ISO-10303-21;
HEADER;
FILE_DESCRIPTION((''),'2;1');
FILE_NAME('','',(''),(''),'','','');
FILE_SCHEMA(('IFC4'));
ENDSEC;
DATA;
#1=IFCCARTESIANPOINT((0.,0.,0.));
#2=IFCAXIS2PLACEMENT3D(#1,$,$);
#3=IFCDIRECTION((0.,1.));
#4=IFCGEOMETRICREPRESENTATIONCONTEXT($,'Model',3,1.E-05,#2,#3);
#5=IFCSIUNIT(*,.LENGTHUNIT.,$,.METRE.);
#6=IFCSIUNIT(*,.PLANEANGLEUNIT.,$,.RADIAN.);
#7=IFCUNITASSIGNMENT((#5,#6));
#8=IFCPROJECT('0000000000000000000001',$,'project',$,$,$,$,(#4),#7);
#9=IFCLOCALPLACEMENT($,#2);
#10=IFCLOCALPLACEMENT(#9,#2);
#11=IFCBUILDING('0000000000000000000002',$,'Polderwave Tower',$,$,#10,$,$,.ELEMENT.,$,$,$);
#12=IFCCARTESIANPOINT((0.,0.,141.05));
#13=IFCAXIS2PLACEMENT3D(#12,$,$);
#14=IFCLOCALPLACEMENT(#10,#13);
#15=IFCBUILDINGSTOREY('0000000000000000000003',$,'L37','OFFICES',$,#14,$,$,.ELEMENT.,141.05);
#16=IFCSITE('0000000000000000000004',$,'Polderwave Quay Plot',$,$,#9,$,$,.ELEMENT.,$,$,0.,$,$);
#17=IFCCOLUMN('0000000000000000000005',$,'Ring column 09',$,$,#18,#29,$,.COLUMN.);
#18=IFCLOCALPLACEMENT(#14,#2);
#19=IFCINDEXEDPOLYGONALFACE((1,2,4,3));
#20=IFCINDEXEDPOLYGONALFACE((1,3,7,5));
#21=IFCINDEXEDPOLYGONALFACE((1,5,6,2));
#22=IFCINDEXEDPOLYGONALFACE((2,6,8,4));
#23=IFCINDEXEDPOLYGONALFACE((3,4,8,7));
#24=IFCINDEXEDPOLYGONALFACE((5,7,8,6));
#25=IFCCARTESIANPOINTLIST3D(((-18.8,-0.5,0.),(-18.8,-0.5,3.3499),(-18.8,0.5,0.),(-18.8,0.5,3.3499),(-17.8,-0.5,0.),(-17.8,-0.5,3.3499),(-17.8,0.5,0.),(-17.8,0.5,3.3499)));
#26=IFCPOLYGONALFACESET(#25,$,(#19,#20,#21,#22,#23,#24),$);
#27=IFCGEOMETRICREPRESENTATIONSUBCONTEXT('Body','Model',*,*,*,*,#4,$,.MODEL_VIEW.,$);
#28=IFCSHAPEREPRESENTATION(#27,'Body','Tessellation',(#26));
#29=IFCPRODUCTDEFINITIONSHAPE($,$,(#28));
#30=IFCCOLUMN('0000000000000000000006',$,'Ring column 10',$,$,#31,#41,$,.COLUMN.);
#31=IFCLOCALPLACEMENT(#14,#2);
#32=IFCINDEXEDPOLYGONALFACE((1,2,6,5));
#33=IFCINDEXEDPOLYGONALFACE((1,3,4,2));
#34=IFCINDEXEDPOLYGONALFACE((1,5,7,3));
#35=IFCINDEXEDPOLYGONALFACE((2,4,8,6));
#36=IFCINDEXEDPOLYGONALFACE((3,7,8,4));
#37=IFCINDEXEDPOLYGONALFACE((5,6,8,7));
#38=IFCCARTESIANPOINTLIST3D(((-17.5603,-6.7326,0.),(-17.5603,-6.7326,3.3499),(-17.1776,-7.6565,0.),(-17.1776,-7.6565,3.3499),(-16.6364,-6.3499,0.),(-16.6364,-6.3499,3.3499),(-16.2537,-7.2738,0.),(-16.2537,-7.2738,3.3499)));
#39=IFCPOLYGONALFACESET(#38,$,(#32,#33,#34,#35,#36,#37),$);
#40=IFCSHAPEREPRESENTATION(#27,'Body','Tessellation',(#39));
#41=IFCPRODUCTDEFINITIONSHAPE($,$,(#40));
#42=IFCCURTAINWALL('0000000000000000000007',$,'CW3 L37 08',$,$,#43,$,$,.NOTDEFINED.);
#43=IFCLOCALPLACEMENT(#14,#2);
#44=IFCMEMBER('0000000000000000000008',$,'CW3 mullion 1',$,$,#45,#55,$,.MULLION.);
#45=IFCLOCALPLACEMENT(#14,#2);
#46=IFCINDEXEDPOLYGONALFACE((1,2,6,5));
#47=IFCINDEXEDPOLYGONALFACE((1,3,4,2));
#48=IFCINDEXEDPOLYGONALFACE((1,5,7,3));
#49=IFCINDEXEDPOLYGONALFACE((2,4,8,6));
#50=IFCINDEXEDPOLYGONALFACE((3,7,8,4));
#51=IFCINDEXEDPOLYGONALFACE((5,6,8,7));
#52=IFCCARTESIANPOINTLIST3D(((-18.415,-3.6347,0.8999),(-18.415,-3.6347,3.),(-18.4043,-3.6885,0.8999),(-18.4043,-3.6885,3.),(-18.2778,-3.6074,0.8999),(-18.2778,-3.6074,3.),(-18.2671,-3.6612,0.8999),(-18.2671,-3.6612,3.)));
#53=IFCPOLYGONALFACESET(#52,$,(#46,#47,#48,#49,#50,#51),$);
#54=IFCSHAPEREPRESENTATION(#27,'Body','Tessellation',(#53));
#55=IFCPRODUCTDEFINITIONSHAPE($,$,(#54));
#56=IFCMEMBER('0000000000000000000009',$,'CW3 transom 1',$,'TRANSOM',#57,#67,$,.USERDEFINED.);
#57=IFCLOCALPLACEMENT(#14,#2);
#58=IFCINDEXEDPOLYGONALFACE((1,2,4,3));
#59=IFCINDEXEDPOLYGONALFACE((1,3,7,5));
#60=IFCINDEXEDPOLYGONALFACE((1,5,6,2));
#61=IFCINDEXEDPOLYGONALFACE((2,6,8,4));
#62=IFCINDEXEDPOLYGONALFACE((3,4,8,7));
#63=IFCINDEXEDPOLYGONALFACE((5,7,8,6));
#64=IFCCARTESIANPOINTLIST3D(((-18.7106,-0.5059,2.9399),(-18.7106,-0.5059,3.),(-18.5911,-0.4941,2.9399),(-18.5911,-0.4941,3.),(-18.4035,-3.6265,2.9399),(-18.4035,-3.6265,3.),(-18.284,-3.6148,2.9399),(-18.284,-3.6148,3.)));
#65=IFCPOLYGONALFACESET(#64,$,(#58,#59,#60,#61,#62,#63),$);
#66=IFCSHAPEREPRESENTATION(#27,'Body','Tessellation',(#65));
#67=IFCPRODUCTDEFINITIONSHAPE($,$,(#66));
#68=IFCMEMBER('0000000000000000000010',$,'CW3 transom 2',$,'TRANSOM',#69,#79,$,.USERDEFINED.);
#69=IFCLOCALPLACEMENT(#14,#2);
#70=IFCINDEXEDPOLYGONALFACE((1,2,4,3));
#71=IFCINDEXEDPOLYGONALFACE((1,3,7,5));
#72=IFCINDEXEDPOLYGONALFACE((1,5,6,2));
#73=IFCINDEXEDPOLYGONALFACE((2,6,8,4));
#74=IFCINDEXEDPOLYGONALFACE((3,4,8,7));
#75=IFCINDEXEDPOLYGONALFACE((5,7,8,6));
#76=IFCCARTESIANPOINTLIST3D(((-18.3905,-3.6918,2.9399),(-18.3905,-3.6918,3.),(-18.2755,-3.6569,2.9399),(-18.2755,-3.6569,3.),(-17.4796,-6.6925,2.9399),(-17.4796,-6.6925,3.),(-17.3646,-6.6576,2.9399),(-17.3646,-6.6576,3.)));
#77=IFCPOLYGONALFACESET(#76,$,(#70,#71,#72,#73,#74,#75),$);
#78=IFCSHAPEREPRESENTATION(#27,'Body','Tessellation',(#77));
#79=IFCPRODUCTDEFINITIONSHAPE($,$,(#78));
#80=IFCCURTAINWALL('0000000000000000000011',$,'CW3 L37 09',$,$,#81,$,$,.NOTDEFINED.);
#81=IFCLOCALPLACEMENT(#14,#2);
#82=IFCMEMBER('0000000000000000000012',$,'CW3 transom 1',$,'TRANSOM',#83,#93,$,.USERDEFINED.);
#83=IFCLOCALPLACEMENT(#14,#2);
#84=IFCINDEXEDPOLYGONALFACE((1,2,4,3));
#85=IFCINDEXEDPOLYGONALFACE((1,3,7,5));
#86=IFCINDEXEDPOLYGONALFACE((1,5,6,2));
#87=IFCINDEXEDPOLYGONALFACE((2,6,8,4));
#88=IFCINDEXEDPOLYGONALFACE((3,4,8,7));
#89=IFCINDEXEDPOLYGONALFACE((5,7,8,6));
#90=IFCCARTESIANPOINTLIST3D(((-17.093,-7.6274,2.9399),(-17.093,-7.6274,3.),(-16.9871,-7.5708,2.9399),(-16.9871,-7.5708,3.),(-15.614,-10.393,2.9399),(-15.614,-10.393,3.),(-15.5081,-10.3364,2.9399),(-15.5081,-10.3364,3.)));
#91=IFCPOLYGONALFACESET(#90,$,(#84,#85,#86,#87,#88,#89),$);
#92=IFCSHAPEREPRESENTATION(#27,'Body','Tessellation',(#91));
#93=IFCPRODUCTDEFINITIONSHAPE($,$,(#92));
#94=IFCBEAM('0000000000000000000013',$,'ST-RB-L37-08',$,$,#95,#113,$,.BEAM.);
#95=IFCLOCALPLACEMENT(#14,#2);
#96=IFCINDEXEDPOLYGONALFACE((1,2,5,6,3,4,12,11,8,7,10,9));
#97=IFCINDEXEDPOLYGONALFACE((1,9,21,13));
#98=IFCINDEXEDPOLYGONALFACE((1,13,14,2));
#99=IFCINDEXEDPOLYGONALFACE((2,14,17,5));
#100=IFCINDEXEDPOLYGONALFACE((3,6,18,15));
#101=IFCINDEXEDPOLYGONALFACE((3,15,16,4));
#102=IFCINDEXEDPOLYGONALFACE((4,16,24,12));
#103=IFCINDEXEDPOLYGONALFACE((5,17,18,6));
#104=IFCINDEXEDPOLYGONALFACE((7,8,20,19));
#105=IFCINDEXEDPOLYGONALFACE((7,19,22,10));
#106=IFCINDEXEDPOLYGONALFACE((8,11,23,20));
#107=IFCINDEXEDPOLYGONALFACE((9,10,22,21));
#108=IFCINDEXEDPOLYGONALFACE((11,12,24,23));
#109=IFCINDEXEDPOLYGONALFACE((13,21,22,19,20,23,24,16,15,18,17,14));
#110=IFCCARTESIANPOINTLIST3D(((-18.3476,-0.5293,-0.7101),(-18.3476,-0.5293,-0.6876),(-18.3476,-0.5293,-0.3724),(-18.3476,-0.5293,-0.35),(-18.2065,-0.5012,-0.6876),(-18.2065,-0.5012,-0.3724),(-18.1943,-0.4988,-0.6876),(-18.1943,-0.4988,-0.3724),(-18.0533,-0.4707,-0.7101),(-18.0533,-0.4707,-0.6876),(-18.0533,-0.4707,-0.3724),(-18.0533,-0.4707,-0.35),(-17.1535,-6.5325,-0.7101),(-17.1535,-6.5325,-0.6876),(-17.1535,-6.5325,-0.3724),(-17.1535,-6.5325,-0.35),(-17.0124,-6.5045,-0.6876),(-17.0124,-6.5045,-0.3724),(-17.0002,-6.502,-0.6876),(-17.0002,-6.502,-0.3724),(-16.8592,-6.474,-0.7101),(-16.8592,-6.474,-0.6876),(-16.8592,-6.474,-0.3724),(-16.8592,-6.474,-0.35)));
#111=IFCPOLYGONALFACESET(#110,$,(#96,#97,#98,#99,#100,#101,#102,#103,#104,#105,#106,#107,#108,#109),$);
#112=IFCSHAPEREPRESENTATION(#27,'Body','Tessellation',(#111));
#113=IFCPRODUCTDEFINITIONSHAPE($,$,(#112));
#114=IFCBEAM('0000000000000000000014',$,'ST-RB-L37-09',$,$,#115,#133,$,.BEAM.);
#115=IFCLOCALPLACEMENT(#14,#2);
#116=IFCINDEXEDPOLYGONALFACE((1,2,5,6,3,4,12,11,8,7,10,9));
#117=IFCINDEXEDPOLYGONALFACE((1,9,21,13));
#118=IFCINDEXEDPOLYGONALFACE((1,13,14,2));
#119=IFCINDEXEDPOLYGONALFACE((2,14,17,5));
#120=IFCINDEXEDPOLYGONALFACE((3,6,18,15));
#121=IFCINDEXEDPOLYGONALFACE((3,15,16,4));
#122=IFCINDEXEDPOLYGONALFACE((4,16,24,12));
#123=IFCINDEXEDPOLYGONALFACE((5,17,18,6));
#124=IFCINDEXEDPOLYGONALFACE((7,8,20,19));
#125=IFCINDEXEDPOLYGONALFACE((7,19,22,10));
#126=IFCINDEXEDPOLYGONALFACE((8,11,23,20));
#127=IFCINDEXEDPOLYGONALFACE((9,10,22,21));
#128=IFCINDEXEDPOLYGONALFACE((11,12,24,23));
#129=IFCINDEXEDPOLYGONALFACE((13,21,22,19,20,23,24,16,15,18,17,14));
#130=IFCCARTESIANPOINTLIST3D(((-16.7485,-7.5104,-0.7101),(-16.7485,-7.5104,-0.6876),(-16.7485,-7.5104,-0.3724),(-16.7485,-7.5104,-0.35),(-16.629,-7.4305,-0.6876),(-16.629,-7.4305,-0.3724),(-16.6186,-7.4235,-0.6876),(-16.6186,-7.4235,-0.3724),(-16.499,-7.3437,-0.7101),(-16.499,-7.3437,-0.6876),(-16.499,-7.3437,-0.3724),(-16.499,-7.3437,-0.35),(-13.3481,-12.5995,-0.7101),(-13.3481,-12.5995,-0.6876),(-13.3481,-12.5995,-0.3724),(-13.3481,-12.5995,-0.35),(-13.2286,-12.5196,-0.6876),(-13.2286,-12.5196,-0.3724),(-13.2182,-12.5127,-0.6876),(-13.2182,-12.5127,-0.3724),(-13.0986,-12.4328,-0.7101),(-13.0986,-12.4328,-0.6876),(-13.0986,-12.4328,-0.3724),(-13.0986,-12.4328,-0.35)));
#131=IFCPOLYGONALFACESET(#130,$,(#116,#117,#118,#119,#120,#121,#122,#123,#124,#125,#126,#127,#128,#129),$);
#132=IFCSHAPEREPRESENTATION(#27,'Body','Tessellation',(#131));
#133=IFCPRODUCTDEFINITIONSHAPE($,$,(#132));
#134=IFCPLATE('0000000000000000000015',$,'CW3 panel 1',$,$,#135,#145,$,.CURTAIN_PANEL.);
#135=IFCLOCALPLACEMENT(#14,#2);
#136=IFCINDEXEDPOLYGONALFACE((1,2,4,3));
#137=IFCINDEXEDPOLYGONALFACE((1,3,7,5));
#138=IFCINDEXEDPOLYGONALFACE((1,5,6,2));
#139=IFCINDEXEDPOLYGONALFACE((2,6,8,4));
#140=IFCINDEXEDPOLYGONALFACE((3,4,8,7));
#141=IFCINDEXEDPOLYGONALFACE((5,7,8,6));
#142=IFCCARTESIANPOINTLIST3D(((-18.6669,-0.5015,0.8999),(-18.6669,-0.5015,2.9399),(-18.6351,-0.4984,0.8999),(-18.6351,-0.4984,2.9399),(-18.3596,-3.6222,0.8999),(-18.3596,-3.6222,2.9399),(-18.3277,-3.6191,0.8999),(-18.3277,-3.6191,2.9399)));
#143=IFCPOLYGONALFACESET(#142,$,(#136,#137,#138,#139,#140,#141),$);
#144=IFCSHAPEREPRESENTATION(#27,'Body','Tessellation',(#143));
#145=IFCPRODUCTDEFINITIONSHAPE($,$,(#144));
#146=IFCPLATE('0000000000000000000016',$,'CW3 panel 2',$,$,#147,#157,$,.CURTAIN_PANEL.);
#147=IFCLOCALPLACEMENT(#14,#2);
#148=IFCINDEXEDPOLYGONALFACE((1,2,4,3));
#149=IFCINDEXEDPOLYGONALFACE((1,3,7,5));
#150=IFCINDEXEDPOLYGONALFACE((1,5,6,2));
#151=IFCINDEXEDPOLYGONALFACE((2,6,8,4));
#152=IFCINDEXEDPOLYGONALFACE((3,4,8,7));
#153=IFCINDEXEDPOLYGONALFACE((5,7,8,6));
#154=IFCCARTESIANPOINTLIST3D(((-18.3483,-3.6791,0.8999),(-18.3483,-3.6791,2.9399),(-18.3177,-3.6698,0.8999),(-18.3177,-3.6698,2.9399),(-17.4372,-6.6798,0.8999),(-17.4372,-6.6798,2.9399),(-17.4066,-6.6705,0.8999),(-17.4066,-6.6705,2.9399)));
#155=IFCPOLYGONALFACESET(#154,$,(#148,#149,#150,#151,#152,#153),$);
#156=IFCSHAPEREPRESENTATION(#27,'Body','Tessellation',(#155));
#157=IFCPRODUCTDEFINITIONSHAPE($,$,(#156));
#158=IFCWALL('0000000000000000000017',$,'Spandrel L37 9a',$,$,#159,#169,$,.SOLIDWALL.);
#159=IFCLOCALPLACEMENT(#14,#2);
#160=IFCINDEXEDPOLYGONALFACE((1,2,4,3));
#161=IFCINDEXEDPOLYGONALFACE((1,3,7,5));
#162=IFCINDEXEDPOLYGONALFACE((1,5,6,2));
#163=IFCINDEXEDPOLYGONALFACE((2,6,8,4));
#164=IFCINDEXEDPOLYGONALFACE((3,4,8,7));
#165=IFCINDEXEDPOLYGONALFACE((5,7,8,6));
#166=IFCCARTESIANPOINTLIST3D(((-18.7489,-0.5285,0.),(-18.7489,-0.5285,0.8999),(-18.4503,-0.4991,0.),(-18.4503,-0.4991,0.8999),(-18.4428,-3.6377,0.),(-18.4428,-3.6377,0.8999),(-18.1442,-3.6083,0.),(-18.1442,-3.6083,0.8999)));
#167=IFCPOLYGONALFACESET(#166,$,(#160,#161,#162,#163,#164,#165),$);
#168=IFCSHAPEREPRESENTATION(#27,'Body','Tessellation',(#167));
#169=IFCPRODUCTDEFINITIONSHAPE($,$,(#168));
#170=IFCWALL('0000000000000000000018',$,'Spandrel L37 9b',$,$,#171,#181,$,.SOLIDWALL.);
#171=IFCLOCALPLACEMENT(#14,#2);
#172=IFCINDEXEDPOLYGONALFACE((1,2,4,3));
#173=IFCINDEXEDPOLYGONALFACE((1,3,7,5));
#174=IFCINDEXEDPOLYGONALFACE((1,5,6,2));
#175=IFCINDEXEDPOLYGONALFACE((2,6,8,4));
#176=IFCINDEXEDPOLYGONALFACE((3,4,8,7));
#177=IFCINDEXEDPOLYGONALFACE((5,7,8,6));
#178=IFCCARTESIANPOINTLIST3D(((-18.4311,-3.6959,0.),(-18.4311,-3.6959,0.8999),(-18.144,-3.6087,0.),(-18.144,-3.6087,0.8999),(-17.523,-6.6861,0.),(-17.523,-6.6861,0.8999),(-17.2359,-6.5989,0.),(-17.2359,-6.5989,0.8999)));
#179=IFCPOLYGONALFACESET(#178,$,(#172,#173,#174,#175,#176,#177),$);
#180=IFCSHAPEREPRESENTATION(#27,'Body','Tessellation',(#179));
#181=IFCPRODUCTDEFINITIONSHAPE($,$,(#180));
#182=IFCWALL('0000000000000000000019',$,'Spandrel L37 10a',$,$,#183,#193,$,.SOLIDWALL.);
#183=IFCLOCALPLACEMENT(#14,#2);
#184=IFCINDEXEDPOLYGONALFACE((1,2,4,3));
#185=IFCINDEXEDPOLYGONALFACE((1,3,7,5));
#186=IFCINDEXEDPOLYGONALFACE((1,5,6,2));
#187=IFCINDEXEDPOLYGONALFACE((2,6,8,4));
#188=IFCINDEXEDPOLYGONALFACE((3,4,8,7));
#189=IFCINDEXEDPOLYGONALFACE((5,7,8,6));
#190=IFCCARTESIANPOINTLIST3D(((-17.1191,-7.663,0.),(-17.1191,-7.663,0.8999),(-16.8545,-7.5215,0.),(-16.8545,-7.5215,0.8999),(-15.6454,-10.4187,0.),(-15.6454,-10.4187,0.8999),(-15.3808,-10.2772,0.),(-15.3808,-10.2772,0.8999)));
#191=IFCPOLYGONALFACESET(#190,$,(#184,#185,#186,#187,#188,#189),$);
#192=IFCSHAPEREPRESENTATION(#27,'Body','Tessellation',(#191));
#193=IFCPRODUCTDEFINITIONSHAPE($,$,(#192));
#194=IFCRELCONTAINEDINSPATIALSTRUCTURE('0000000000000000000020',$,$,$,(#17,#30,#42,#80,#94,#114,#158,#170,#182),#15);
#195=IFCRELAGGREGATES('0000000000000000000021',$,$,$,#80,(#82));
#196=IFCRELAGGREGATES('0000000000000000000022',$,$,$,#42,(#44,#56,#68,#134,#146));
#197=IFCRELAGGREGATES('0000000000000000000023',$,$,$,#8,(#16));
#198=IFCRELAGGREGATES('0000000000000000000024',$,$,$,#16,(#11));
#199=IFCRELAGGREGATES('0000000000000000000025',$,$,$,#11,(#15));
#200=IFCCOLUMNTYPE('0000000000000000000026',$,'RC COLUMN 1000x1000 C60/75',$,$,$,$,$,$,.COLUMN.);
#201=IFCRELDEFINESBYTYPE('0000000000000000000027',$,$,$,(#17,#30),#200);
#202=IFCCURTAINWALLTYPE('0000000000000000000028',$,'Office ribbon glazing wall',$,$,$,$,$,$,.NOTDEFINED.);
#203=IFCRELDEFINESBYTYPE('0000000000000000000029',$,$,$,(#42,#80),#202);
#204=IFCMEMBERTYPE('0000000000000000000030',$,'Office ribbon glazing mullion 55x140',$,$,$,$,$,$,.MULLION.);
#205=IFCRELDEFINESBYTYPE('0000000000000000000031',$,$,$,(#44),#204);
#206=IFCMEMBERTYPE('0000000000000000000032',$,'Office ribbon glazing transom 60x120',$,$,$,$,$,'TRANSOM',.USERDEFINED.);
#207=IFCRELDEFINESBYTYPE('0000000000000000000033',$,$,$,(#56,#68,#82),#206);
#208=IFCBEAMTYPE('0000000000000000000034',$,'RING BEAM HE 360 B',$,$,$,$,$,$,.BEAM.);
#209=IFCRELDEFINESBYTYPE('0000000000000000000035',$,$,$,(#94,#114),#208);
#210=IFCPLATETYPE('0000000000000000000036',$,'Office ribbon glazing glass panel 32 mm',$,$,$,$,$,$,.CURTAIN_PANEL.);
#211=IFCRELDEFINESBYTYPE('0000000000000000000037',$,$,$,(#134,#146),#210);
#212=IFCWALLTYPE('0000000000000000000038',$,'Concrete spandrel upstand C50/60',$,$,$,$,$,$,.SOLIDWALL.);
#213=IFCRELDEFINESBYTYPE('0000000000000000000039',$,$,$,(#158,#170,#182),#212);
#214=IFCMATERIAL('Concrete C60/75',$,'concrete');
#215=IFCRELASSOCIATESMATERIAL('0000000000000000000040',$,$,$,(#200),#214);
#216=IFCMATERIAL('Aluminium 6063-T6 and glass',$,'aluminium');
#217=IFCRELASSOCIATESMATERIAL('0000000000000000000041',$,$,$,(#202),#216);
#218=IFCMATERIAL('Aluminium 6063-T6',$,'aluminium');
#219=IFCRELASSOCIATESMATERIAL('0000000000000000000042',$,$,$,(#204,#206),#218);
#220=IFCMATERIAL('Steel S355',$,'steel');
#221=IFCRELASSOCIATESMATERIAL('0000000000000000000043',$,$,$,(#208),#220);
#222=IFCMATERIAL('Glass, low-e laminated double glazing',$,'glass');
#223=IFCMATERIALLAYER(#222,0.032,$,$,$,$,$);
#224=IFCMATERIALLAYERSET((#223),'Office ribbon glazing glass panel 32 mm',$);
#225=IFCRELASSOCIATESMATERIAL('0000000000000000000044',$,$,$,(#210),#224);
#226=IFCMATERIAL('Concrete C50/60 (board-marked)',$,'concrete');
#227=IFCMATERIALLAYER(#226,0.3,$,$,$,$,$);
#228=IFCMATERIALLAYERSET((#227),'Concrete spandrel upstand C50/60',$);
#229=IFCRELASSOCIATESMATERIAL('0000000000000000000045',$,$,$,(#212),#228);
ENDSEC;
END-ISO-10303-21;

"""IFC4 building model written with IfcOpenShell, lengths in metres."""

from ifc_helpers import new_model, si_unit, direction, frame, frame_2d, origin, origin_2d, place, context, subcontext, project, spatial, rectangle, i_section, extrude, material, layer, layer_set, material_profile, profile_set, type_object, element, aggregate, save


model = new_model("IFC4")

# Units and contexts
model_context = context("Model", 3, precision=1e-05, world=origin(), true_north=direction((0.0, 1.0)))
body_context = subcontext(model_context, "Body", "Model", "MODEL_VIEW")
ifc_project = project(units=[si_unit("LENGTHUNIT", "METRE"), si_unit("PLANEANGLEUNIT", "RADIAN")], contexts=[model_context])

# Site, building, storey
site_placement = place(None, origin())
site = spatial("IfcSite", under=ifc_project, at=site_placement, Name="Polderwave Quay Plot", CompositionType="ELEMENT", RefElevation=0.0)
building_placement = place(site_placement, origin())
building = spatial("IfcBuilding", under=site, at=building_placement, Name="Polderwave Tower", CompositionType="ELEMENT")
storey_placement = place(building_placement, frame((0.0, 0.0, 141.05)))
storey = spatial("IfcBuildingStorey", under=building, at=storey_placement, Name="L37", Description="OFFICES", CompositionType="ELEMENT", Elevation=141.05)

# Columns
ifc_material_1 = material(Name="Concrete C60/75", Category="concrete")
ifc_material_profile_1 = material_profile(ifc_material_1, rectangle(XDim=1.0, YDim=1.0, at=origin_2d()), Name="RC 1000x1000")
ifc_profile_set_1 = profile_set([ifc_material_profile_1], Name="Concrete C60/75")
column_type = type_object("IfcColumnType", Name="RC COLUMN 1000x1000 C60/75", PredefinedType="COLUMN", material=ifc_profile_set_1)
for number, where, z_axis, x_axis, name in (
    (1, (-18.3, 0.0, 0.0), (0.0, 0.0, 1.0), (-1.0, 0.0, 0.0), "Ring column 09"),
    (2, (-16.907, -7.0032, 0.0), (0.0, 0.0, 1.0), (-0.92388, -0.382683, 0.0), "Ring column 10"),
):
    element("IfcColumn", number, at=place(storey_placement, frame(where, z_axis=z_axis, x_axis=x_axis)), inside=storey, type_object=column_type, Name=name, PredefinedType="COLUMN", context=body_context, shape_type="SweptSolid", body=[
        extrude(rectangle(XDim=1.0, YDim=1.0, at=origin_2d()), origin(), (0.0, 0.0, 1.0), 3.3499),
    ])

# Curtain wall, members
ifc_material_2 = material(Name="Aluminium 6063-T6 and glass", Category="aluminium")
curtain_wall_type = type_object("IfcCurtainWallType", Name="Office ribbon glazing wall", PredefinedType="NOTDEFINED", material=ifc_material_2)
curtain_wall_1_placement = place(storey_placement, origin())
curtain_wall_1 = element("IfcCurtainWall", 3, at=curtain_wall_1_placement, inside=storey, type_object=curtain_wall_type, Name="CW3 L37 08", PredefinedType="NOTDEFINED")
ifc_material_3 = material(Name="Aluminium 6063-T6", Category="aluminium")
ifc_material_profile_2 = material_profile(ifc_material_3, rectangle(XDim=0.1399, YDim=0.0549, at=origin_2d()), Name="AL 55x140")
ifc_profile_set_2 = profile_set([ifc_material_profile_2], Name="Aluminium 6063-T6")
member_type_1 = type_object("IfcMemberType", Name="Office ribbon glazing mullion 55x140", PredefinedType="MULLION", material=ifc_profile_set_2)
member_1_placement = place(storey_placement, frame((-18.3411, -3.6479, 0.8999), z_axis=(0.0, 0.0, 1.0), x_axis=(0.980764, 0.195196, 0.0)))
member_1 = element("IfcMember", 4, at=member_1_placement, type_object=member_type_1, Name="CW3 mullion 1", PredefinedType="MULLION", context=body_context, shape_type="SweptSolid", body=[
    extrude(rectangle(XDim=0.1399, YDim=0.0549, at=origin_2d()), origin(), (0.0, 0.0, 1.0), 2.1001),
])
ifc_material_profile_3 = material_profile(ifc_material_3, rectangle(XDim=0.1201, YDim=0.0601, at=origin_2d()), Name="AL 60x120")
ifc_profile_set_3 = profile_set([ifc_material_profile_3], Name="Aluminium 6063-T6")
member_type_2 = type_object("IfcMemberType", Name="Office ribbon glazing transom 60x120", ElementType="TRANSOM", PredefinedType="USERDEFINED", material=ifc_profile_set_3)
member_2_placement = place(storey_placement, frame((-18.6509, -0.5, 2.97), z_axis=(0.097946, -0.995192, 0.0), x_axis=(0.995192, 0.097946, 0.0)))
member_2 = element("IfcMember", 5, at=member_2_placement, type_object=member_type_2, Name="CW3 transom 1", ObjectType="TRANSOM", PredefinedType="USERDEFINED", context=body_context, shape_type="SweptSolid", body=[
    extrude(rectangle(XDim=0.1201, YDim=0.0601, at=origin_2d()), origin(), (0.0, 0.0, 1.0), 3.1357),
])
member_3_placement = place(storey_placement, frame((-18.333, -3.6743, 2.97), z_axis=(0.290468, -0.956885, 0.0), x_axis=(0.956885, 0.290468, 0.0)))
member_3 = element("IfcMember", 6, at=member_3_placement, type_object=member_type_2, Name="CW3 transom 2", ObjectType="TRANSOM", PredefinedType="USERDEFINED", context=body_context, shape_type="SweptSolid", body=[
    extrude(rectangle(XDim=0.1201, YDim=0.0601, at=origin_2d()), origin(), (0.0, 0.0, 1.0), 3.136),
])

# Curtain wall, member
curtain_wall_2_placement = place(storey_placement, origin())
curtain_wall_2 = element("IfcCurtainWall", 7, at=curtain_wall_2_placement, inside=storey, type_object=curtain_wall_type, Name="CW3 L37 09", PredefinedType="NOTDEFINED")
member_4_placement = place(storey_placement, frame((-17.04, -7.5991, 2.97), z_axis=(0.471582, -0.881822, 0.0), x_axis=(0.881822, 0.471582, 0.0)))
member_4 = element("IfcMember", 8, at=member_4_placement, type_object=member_type_2, Name="CW3 transom 1", ObjectType="TRANSOM", PredefinedType="USERDEFINED", context=body_context, shape_type="SweptSolid", body=[
    extrude(rectangle(XDim=0.1201, YDim=0.0601, at=origin_2d()), origin(), (0.0, 0.0, 1.0), 3.1362),
])
aggregate(curtain_wall_2, [member_4])

# Beams
ifc_material_4 = material(Name="Steel S355", Category="steel")
ifc_material_profile_4 = material_profile(ifc_material_4, i_section(OverallWidth=0.3, OverallDepth=0.3601, WebThickness=0.0125, FlangeThickness=0.0225, at=origin_2d()), Name="HE 360 B")
ifc_profile_set_4 = profile_set([ifc_material_profile_4], Name="Steel S355")
beam_type = type_object("IfcBeamType", Name="RING BEAM HE 360 B", PredefinedType="BEAM", material=ifc_profile_set_4)
beam_1_placement = place(storey_placement, frame((-18.2004, -0.5, -0.53), z_axis=(0.195088, -0.980786, 0.0), x_axis=(0.980786, 0.195088, 0.0)))
element("IfcBeam", 9, at=beam_1_placement, inside=storey, type_object=beam_type, Name="ST-RB-L37-08", PredefinedType="BEAM", context=body_context, shape_type="SweptSolid", body=[
    extrude(i_section(OverallWidth=0.3, OverallDepth=0.3601, WebThickness=0.0125, FlangeThickness=0.0225, at=origin_2d()), origin(), (0.0, 0.0, 1.0), 6.1208),
])
beam_2_placement = place(storey_placement, frame((-16.6238, -7.427, -0.53), z_axis=(0.555565, -0.831473, 0.0), x_axis=(0.831473, 0.555565, 0.0)))
element("IfcBeam", 10, at=beam_2_placement, inside=storey, type_object=beam_type, Name="ST-RB-L37-09", PredefinedType="BEAM", context=body_context, shape_type="SweptSolid", body=[
    extrude(i_section(OverallWidth=0.3, OverallDepth=0.3601, WebThickness=0.0125, FlangeThickness=0.0225, at=origin_2d()), origin(), (0.0, 0.0, 1.0), 6.1206),
])

# Plates
ifc_material_5 = material(Name="Glass, low-e laminated double glazing", Category="glass")
ifc_layer_1 = layer(ifc_material_5, 0.032)
ifc_layer_set_1 = layer_set([ifc_layer_1], Name="Office ribbon glazing glass panel 32 mm")
plate_type = type_object("IfcPlateType", Name="Office ribbon glazing glass panel 32 mm", PredefinedType="CURTAIN_PANEL", material=ifc_layer_set_1)
plate_1_placement = place(storey_placement, frame((-18.4973, -2.0603, 0.8999), z_axis=(0.0, 0.0, 1.0), x_axis=(0.098002, -0.995186, 0.0)))
plate_1 = element("IfcPlate", 11, at=plate_1_placement, type_object=plate_type, Name="CW3 panel 1", PredefinedType="CURTAIN_PANEL", context=body_context, shape_type="SweptSolid", body=[
    extrude(rectangle(XDim=3.1357, YDim=0.032, at=origin_2d()), origin(), (0.0, 0.0, 1.0), 2.04),
])
plate_2_placement = place(storey_placement, frame((-17.8774, -5.1748, 0.8999), z_axis=(0.0, 0.0, 1.0), x_axis=(0.290507, -0.956873, 0.0)))
plate_2 = element("IfcPlate", 12, at=plate_2_placement, type_object=plate_type, Name="CW3 panel 2", PredefinedType="CURTAIN_PANEL", context=body_context, shape_type="SweptSolid", body=[
    extrude(rectangle(XDim=3.136, YDim=0.032, at=origin_2d()), origin(), (0.0, 0.0, 1.0), 2.04),
])
aggregate(curtain_wall_1, [member_1, member_2, member_3, plate_1, plate_2])

# Walls
ifc_material_6 = material(Name="Concrete C50/60 (board-marked)", Category="concrete")
ifc_layer_2 = layer(ifc_material_6, 0.3)
ifc_layer_set_2 = layer_set([ifc_layer_2], Name="Concrete spandrel upstand C50/60")
wall_type_1 = type_object("IfcWallType", Name="Concrete spandrel upstand C50/60", PredefinedType="SOLIDWALL", material=ifc_layer_set_2)
wall_1_placement = place(storey_placement, frame((-18.5996, -0.5139, 0.0), z_axis=(0.0, 0.0, 1.0), x_axis=(0.097995, -0.995187, 0.0)))
element("IfcWall", 13, at=wall_1_placement, inside=storey, type_object=wall_type_1, Name="Spandrel L37 9a", PredefinedType="SOLIDWALL", context=body_context, shape_type="SweptSolid", body=[
    extrude(rectangle(XDim=3.1243, YDim=0.3, at=frame_2d((1.562, 0.0))), origin(), (0.0, 0.0, 1.0), 0.8999),
])
for number, where, z_axis, x_axis, name in (
    (14, (-18.2876, -3.6523, 0.0), (0.0, 0.0, 1.0), (0.290614, -0.95684, 0.0), "Spandrel L37 9b"),
    (15, (-16.9868, -7.5923, 0.0), (0.0, 0.0, 1.0), (0.471577, -0.881825, 0.0), "Spandrel L37 10a"),
):
    element("IfcWall", number, at=place(storey_placement, frame(where, z_axis=z_axis, x_axis=x_axis)), inside=storey, type_object=wall_type_1, Name=name, PredefinedType="SOLIDWALL", context=body_context, shape_type="SweptSolid", body=[
        extrude(rectangle(XDim=3.125, YDim=0.3, at=frame_2d((1.5625, 0.0))), origin(), (0.0, 0.0, 1.0), 0.8999),
    ])

save(model, "model.ifc")
